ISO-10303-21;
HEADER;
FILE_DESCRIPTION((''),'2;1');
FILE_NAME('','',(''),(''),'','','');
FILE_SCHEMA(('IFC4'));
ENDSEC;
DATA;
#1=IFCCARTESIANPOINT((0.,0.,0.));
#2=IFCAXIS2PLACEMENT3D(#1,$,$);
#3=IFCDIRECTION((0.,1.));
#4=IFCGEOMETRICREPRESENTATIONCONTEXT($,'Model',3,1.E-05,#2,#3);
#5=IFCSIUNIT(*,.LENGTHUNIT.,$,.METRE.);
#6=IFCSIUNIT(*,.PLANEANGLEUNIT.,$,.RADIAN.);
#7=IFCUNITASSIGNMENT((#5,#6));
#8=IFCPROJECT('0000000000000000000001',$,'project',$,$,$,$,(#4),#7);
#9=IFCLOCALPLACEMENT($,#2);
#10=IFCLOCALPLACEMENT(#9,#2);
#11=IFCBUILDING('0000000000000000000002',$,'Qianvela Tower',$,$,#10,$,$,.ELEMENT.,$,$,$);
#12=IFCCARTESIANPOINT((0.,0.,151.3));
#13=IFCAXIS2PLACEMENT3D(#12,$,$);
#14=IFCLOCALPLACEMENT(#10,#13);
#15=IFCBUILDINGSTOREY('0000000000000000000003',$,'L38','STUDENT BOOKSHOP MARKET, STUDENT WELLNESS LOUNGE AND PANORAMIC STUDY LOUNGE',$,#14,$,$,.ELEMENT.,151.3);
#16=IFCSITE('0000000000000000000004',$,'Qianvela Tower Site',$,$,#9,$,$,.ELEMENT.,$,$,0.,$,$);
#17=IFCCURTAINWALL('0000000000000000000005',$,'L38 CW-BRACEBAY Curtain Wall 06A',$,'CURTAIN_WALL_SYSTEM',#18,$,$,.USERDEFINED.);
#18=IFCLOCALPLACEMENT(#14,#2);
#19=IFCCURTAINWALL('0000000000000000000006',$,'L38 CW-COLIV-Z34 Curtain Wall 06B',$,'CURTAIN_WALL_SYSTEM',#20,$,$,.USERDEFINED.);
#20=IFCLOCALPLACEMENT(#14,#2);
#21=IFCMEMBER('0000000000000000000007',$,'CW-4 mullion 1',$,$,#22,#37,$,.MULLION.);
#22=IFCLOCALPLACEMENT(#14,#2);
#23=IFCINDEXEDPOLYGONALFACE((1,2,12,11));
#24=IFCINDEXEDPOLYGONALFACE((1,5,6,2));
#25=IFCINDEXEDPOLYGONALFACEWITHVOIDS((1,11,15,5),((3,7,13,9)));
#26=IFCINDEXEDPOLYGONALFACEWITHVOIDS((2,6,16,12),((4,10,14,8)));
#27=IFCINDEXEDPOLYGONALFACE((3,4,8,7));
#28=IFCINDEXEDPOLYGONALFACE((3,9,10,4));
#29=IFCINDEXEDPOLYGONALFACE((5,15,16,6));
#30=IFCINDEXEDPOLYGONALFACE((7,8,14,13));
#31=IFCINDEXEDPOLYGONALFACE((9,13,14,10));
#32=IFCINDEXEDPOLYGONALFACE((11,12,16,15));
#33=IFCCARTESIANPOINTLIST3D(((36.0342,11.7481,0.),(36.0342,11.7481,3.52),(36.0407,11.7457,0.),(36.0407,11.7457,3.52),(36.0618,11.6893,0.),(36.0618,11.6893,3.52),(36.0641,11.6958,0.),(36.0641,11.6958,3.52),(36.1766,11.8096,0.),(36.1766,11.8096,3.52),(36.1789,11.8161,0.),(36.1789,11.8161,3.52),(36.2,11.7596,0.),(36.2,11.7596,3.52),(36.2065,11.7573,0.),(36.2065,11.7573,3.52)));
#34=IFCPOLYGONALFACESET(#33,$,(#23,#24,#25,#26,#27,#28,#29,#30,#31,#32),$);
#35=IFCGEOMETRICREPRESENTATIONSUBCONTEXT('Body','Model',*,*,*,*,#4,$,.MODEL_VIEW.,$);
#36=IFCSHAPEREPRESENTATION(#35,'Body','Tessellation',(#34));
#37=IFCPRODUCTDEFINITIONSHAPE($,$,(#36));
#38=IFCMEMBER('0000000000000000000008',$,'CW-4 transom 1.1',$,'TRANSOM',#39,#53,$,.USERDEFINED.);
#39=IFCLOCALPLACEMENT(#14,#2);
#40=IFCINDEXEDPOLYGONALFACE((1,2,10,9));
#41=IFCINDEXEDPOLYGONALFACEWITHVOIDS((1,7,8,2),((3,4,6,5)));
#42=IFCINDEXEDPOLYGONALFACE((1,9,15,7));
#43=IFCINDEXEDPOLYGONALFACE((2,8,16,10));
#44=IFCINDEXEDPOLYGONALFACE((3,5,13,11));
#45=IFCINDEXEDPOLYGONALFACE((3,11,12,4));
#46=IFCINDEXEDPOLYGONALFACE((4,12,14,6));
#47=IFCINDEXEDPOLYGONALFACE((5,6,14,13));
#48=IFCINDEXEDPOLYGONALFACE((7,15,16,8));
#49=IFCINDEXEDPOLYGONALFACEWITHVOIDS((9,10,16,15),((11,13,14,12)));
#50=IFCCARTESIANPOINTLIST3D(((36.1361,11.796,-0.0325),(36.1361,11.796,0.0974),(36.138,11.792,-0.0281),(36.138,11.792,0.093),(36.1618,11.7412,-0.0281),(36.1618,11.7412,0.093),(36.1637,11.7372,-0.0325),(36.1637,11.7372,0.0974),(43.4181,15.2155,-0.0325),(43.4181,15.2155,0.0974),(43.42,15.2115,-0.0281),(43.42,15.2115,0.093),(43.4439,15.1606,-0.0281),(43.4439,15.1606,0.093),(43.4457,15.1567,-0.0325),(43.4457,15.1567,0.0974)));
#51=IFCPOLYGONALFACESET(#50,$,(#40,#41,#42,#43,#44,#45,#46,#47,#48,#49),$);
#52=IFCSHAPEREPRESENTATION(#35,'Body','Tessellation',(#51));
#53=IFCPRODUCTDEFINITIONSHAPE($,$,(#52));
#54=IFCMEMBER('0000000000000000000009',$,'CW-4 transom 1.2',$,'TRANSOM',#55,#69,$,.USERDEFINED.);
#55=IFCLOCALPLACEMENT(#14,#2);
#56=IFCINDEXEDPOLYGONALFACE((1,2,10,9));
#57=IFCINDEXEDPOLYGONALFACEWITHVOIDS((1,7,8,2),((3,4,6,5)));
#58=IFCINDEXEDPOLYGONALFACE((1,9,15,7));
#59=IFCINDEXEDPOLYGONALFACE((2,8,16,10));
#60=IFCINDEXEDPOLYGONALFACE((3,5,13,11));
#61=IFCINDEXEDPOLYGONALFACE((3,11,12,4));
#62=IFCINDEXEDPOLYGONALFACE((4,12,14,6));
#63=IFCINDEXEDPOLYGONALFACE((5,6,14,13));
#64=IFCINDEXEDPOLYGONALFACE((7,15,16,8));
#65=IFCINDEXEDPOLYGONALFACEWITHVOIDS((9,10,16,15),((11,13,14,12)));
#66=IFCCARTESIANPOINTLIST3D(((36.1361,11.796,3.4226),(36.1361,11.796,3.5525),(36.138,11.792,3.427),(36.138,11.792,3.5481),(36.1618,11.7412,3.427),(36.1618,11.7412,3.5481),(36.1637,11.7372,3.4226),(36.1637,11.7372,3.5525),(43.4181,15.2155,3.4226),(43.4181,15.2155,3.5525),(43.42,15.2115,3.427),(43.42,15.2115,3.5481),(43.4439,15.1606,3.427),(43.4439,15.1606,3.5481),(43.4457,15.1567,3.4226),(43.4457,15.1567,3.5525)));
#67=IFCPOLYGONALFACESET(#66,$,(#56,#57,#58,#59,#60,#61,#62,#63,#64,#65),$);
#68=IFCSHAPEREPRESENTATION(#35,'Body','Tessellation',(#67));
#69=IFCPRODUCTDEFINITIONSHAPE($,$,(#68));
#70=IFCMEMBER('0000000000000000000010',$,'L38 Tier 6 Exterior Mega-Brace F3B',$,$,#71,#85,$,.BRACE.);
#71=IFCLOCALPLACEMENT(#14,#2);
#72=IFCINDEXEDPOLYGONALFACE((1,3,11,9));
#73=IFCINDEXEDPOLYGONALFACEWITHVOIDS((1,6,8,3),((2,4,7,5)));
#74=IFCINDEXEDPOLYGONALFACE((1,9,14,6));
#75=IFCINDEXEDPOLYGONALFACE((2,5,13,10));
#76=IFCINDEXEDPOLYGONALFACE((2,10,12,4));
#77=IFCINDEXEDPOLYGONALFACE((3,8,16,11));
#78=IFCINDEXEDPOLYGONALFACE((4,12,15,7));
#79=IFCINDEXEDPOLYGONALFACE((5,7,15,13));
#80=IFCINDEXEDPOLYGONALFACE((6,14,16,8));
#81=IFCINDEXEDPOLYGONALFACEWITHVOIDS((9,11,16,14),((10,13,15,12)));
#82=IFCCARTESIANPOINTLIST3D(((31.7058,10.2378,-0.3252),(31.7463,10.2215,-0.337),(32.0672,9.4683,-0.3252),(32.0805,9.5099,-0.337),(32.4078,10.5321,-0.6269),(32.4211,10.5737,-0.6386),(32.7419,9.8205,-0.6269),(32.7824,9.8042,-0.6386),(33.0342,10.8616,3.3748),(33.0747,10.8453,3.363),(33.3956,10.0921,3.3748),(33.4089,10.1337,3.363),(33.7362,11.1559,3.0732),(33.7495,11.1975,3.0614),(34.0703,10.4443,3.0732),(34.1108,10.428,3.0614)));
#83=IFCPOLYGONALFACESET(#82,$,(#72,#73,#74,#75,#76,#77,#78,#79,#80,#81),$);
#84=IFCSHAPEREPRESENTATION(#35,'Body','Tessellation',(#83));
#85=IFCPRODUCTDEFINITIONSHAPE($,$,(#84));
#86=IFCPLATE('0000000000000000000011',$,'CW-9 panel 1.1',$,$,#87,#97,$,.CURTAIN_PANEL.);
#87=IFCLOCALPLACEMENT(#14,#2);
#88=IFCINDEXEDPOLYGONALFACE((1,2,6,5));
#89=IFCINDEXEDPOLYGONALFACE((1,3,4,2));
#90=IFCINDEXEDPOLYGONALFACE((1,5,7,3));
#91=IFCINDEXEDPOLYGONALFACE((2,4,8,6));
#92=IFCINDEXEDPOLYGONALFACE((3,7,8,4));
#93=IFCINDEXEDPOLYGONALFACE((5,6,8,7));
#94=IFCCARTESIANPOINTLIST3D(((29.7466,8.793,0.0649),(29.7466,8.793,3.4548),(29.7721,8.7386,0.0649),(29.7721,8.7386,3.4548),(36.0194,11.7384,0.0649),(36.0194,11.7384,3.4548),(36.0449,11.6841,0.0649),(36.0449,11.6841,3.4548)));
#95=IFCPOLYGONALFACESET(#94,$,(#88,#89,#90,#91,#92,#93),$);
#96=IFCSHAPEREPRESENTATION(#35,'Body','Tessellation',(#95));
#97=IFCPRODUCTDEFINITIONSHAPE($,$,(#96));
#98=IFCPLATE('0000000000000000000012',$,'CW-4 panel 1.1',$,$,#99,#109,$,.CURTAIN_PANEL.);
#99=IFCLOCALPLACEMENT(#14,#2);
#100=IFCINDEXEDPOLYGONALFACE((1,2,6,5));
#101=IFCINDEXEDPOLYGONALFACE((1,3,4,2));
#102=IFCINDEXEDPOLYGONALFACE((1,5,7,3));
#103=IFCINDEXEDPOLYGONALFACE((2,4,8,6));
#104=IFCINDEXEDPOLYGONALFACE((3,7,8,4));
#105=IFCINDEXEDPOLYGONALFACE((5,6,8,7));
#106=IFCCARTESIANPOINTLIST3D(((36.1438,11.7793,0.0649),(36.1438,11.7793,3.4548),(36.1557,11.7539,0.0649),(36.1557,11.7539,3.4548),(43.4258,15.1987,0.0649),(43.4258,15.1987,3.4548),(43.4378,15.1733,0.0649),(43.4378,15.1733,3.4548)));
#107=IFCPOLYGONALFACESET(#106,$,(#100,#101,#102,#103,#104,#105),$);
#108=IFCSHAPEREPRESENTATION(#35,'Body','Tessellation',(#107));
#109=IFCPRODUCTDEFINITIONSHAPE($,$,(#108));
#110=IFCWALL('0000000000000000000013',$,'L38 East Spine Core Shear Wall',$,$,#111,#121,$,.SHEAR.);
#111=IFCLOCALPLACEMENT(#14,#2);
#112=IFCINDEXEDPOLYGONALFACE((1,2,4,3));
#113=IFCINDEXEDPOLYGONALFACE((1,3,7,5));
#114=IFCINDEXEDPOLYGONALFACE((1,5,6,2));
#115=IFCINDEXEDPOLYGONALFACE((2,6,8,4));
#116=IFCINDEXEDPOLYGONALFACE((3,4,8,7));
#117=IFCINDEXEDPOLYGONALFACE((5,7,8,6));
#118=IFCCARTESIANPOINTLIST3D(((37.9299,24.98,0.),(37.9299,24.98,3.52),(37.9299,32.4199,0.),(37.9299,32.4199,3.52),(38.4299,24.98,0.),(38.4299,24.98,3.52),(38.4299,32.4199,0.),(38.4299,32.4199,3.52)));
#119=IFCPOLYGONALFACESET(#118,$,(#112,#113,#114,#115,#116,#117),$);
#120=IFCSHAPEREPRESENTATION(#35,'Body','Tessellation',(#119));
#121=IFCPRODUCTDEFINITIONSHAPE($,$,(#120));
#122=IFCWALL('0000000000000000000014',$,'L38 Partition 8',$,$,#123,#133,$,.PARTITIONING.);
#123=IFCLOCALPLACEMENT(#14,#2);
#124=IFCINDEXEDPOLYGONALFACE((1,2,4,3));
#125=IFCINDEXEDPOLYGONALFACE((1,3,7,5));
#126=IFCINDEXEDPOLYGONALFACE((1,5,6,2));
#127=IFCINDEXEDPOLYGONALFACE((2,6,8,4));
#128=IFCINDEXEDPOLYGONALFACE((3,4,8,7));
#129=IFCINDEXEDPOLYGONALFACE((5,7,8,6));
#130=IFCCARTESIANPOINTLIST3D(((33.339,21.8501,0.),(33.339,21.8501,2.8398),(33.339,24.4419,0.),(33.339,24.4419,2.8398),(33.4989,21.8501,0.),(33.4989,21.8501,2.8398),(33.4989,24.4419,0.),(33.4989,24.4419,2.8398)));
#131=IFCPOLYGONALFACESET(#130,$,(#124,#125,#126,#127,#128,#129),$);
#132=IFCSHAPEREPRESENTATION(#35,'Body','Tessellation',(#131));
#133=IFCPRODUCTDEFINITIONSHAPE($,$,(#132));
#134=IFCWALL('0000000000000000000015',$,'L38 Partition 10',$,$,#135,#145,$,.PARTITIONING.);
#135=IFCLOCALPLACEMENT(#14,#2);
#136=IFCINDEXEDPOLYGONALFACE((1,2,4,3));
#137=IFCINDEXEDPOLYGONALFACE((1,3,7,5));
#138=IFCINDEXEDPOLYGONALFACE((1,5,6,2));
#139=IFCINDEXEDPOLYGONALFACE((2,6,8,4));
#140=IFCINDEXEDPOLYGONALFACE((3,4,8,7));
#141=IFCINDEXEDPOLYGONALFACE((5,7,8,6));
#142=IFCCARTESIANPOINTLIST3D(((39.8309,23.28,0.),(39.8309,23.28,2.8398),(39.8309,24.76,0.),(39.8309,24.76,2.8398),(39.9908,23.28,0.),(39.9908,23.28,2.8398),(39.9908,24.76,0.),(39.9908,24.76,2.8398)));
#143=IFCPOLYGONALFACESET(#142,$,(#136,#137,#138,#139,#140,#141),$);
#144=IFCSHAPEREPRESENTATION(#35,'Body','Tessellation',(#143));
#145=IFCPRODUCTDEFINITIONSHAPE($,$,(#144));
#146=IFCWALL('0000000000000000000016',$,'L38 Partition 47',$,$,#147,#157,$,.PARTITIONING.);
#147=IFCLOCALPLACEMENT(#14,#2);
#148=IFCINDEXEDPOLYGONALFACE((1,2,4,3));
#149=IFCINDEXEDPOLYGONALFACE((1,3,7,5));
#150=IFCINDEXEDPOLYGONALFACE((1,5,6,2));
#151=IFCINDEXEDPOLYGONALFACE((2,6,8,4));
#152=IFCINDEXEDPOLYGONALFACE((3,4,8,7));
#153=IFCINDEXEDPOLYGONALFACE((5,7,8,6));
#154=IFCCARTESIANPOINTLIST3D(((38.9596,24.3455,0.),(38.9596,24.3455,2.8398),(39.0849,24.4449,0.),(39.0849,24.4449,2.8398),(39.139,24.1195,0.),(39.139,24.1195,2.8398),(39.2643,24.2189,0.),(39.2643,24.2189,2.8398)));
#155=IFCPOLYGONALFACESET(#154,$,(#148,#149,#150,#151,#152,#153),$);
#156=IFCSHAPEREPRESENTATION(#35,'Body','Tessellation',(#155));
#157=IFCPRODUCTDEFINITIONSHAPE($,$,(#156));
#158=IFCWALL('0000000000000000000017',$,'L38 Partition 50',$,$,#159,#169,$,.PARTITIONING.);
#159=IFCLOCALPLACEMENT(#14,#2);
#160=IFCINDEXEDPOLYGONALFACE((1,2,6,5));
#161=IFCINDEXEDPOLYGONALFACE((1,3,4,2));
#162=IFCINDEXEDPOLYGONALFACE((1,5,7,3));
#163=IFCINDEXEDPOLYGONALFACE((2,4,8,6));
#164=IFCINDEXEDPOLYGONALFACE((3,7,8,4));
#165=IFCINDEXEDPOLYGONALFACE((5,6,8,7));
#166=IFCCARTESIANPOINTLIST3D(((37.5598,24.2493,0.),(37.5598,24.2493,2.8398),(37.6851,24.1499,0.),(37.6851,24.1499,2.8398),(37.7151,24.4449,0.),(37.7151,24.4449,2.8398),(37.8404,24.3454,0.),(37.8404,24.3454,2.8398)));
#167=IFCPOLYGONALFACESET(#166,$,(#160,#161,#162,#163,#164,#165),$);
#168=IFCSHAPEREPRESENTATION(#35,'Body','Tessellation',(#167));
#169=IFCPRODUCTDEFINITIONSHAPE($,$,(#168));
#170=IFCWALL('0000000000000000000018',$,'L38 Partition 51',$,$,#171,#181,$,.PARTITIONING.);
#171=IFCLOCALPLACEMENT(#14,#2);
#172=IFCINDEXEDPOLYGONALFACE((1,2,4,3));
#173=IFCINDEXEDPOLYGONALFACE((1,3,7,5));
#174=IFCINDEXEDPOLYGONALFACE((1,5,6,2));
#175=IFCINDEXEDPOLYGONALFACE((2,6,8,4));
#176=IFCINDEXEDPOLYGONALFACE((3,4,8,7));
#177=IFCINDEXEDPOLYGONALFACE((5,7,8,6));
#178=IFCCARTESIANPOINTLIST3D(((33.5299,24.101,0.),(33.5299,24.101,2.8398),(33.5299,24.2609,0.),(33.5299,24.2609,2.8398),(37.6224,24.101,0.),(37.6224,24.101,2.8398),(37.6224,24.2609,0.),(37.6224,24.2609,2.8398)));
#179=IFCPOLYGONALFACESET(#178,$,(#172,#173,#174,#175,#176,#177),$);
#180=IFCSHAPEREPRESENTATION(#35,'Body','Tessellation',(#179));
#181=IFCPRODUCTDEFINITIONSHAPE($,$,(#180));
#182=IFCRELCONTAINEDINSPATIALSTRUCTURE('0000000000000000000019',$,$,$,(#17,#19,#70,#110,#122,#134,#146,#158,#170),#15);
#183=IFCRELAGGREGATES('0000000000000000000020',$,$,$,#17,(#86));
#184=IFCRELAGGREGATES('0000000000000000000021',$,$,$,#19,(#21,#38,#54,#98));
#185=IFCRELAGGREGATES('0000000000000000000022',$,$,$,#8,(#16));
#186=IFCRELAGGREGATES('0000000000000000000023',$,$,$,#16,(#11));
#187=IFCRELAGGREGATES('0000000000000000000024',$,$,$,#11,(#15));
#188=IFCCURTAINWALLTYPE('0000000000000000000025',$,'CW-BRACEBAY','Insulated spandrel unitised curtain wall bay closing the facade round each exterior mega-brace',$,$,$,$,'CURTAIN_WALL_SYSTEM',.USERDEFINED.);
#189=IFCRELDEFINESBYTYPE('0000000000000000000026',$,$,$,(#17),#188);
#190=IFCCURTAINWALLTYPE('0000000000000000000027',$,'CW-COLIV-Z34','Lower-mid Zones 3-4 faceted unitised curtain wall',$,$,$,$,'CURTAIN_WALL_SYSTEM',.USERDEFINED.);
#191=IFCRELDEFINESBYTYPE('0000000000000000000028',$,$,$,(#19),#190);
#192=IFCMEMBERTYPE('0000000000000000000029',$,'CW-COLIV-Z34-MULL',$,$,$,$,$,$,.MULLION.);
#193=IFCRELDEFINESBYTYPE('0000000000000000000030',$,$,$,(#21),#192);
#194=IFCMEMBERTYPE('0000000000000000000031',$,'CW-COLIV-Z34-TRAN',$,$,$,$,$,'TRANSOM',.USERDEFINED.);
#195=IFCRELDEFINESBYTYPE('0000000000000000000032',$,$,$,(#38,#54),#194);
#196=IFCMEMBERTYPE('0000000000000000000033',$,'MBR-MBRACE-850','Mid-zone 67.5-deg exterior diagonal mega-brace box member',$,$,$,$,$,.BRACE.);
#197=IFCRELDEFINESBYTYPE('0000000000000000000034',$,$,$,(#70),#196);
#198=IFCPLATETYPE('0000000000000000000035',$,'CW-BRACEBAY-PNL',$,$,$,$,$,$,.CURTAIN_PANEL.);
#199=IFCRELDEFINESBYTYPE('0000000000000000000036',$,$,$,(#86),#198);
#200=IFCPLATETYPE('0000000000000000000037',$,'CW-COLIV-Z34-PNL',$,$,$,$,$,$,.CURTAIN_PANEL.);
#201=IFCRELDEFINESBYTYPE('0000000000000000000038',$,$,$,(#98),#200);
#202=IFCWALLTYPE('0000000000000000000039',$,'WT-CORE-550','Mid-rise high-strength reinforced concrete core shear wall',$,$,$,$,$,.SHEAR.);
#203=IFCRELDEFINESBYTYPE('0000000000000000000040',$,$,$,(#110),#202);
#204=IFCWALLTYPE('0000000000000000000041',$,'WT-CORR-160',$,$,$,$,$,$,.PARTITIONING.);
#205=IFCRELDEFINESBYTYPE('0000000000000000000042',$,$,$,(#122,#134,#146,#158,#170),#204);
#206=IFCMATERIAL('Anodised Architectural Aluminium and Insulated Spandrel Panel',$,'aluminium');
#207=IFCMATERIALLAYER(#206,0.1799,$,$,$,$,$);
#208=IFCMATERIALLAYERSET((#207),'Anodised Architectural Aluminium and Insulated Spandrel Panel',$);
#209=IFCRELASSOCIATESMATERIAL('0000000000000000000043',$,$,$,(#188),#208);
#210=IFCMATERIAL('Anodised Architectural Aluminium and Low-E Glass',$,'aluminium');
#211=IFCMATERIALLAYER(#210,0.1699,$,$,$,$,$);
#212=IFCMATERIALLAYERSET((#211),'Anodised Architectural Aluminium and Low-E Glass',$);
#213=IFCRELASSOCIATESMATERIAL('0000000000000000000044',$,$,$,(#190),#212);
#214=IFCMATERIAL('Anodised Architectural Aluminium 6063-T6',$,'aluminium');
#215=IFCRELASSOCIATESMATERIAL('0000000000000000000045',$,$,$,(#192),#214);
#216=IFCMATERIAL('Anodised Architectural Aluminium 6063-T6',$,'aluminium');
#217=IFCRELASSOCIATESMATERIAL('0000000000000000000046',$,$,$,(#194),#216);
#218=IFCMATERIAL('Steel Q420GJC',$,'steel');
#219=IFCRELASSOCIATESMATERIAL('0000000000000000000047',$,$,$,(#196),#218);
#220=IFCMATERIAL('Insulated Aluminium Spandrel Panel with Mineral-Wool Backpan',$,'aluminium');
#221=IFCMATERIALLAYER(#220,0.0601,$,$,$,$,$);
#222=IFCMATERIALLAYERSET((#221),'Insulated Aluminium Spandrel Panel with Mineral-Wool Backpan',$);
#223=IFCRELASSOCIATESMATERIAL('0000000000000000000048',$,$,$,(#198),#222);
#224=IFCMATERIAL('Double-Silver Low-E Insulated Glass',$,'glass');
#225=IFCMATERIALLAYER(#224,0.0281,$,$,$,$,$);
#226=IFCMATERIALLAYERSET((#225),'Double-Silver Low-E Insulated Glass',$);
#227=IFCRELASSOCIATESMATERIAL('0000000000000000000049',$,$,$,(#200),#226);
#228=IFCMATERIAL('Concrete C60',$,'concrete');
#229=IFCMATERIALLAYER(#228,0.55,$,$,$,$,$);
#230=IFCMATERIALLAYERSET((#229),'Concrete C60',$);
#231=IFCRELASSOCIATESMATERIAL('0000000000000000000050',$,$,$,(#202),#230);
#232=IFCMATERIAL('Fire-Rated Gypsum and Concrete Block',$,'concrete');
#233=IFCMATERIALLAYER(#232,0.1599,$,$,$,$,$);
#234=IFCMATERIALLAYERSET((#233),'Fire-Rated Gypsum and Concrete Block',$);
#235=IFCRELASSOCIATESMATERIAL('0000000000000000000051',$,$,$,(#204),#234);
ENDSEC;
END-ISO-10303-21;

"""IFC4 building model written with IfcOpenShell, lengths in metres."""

from ifc_helpers import new_model, si_unit, direction, frame, frame_2d, origin, origin_2d, place, context, subcontext, project, spatial, rectangle, hollow_rectangle, extrude, material, layer, layer_set, material_profile, profile_set, type_object, element, aggregate, save


model = new_model("IFC4")

# Units and contexts
model_context = context("Model", 3, precision=1e-05, world=origin(), true_north=direction((0.0, 1.0)))
body_context = subcontext(model_context, "Body", "Model", "MODEL_VIEW")
ifc_project = project(units=[si_unit("LENGTHUNIT", "METRE"), si_unit("PLANEANGLEUNIT", "RADIAN")], contexts=[model_context])

# Site, building, storey
site_placement = place(None, origin())
site = spatial("IfcSite", under=ifc_project, at=site_placement, Name="Qianvela Tower Site", CompositionType="ELEMENT", RefElevation=0.0)
building_placement = place(site_placement, origin())
building = spatial("IfcBuilding", under=site, at=building_placement, Name="Qianvela Tower", CompositionType="ELEMENT")
storey_placement = place(building_placement, frame((0.0, 0.0, 151.3)))
storey = spatial("IfcBuildingStorey", under=building, at=storey_placement, Name="L38", Description="STUDENT BOOKSHOP MARKET, STUDENT WELLNESS LOUNGE AND PANORAMIC STUDY LOUNGE", CompositionType="ELEMENT", Elevation=151.3)

# Curtain wall
ifc_material_1 = material(Name="Anodised Architectural Aluminium and Insulated Spandrel Panel", Category="aluminium")
ifc_layer_1 = layer(ifc_material_1, 0.1799)
ifc_layer_set_1 = layer_set([ifc_layer_1], Name="Anodised Architectural Aluminium and Insulated Spandrel Panel")
curtain_wall_type_1 = type_object("IfcCurtainWallType", Name="CW-BRACEBAY", Description="Insulated spandrel unitised curtain wall bay closing the facade round each exterior mega-brace", ElementType="CURTAIN_WALL_SYSTEM", PredefinedType="USERDEFINED", material=ifc_layer_set_1)
curtain_wall_1_placement = place(storey_placement, origin())
curtain_wall_1 = element("IfcCurtainWall", 1, at=curtain_wall_1_placement, inside=storey, type_object=curtain_wall_type_1, Name="L38 CW-BRACEBAY Curtain Wall 06A", ObjectType="CURTAIN_WALL_SYSTEM", PredefinedType="USERDEFINED")

# Curtain wall, members
ifc_material_2 = material(Name="Anodised Architectural Aluminium and Low-E Glass", Category="aluminium")
ifc_layer_2 = layer(ifc_material_2, 0.1699)
ifc_layer_set_2 = layer_set([ifc_layer_2], Name="Anodised Architectural Aluminium and Low-E Glass")
curtain_wall_type_2 = type_object("IfcCurtainWallType", Name="CW-COLIV-Z34", Description="Lower-mid Zones 3-4 faceted unitised curtain wall", ElementType="CURTAIN_WALL_SYSTEM", PredefinedType="USERDEFINED", material=ifc_layer_set_2)
curtain_wall_2_placement = place(storey_placement, origin())
curtain_wall_2 = element("IfcCurtainWall", 2, at=curtain_wall_2_placement, inside=storey, type_object=curtain_wall_type_2, Name="L38 CW-COLIV-Z34 Curtain Wall 06B", ObjectType="CURTAIN_WALL_SYSTEM", PredefinedType="USERDEFINED")
ifc_material_3 = material(Name="Anodised Architectural Aluminium 6063-T6", Category="aluminium")
ifc_material_profile_1 = material_profile(ifc_material_3, hollow_rectangle(XDim=0.0649, YDim=0.1599, WallThickness=0.0049, at=origin_2d()), Name="ALU-MULL-65x160")
ifc_profile_set_1 = profile_set([ifc_material_profile_1], Name="Anodised Architectural Aluminium 6063-T6")
member_type_1 = type_object("IfcMemberType", Name="CW-COLIV-Z34-MULL", PredefinedType="MULLION", material=ifc_profile_set_1)
member_1_placement = place(storey_placement, frame((36.1204, 11.7527, 0.0), z_axis=(0.0, 0.0, 1.0), x_axis=(-0.425035, 0.905177, 0.0)))
member_1 = element("IfcMember", 3, at=member_1_placement, type_object=member_type_1, Name="CW-4 mullion 1", PredefinedType="MULLION", context=body_context, shape_type="SweptSolid", body=[
    extrude(hollow_rectangle(XDim=0.0649, YDim=0.1599, WallThickness=0.0049, at=origin_2d()), origin(), (0.0, 0.0, 1.0), 3.52),
])
ifc_material_4 = material(Name="Anodised Architectural Aluminium 6063-T6", Category="aluminium")
ifc_material_profile_2 = material_profile(ifc_material_4, hollow_rectangle(XDim=0.0649, YDim=0.1299, WallThickness=0.0044, at=origin_2d()), Name="ALU-TRAN-65x130")
ifc_profile_set_2 = profile_set([ifc_material_profile_2], Name="Anodised Architectural Aluminium 6063-T6")
member_type_2 = type_object("IfcMemberType", Name="CW-COLIV-Z34-TRAN", ElementType="TRANSOM", PredefinedType="USERDEFINED", material=ifc_profile_set_2)
member_2_placement = place(storey_placement, frame((36.1499, 11.7666, 0.0325), z_axis=(0.905172, 0.425046, 0.0), x_axis=(-0.425046, 0.905172, 0.0)))
member_2 = element("IfcMember", 4, at=member_2_placement, type_object=member_type_2, Name="CW-4 transom 1.1", ObjectType="TRANSOM", PredefinedType="USERDEFINED", context=body_context, shape_type="SweptSolid", body=[
    extrude(hollow_rectangle(XDim=0.0649, YDim=0.1299, WallThickness=0.0044, at=origin_2d()), origin(), (0.0, 0.0, 1.0), 8.0449),
])
member_3_placement = place(storey_placement, frame((36.1499, 11.7666, 3.4875), z_axis=(0.905172, 0.425046, 0.0), x_axis=(-0.425046, 0.905172, 0.0)))
member_3 = element("IfcMember", 5, at=member_3_placement, type_object=member_type_2, Name="CW-4 transom 1.2", ObjectType="TRANSOM", PredefinedType="USERDEFINED", context=body_context, shape_type="SweptSolid", body=[
    extrude(hollow_rectangle(XDim=0.0649, YDim=0.1299, WallThickness=0.0044, at=origin_2d()), origin(), (0.0, 0.0, 1.0), 8.0449),
])

# Member
ifc_material_5 = material(Name="Steel Q420GJC", Category="steel")
ifc_material_profile_3 = material_profile(ifc_material_5, hollow_rectangle(XDim=0.8501, YDim=0.8501, WallThickness=0.032, at=origin_2d()), Name="MBOX-850x850x32")
ifc_profile_set_3 = profile_set([ifc_material_profile_3], Name="Steel Q420GJC")
member_type_3 = type_object("IfcMemberType", Name="MBR-MBRACE-850", Description="Mid-zone 67.5-deg exterior diagonal mega-brace box member", PredefinedType="BRACE", material=ifc_profile_set_3)
member_4_placement = place(storey_placement, frame((32.2441, 10.021, -0.4819), z_axis=(0.333731, 0.156714, 0.929551), x_axis=(-0.425052, 0.905169, 0.0)))
element("IfcMember", 6, at=member_4_placement, inside=storey, type_object=member_type_3, Name="L38 Tier 6 Exterior Mega-Brace F3B", PredefinedType="BRACE", context=body_context, shape_type="SweptSolid", body=[
    extrude(hollow_rectangle(XDim=0.8501, YDim=0.8501, WallThickness=0.032, at=origin_2d()), origin(), (0.0, 0.0, 1.0), 3.9805),
])

# Plates
ifc_material_6 = material(Name="Insulated Aluminium Spandrel Panel with Mineral-Wool Backpan", Category="aluminium")
ifc_layer_3 = layer(ifc_material_6, 0.0601)
ifc_layer_set_3 = layer_set([ifc_layer_3], Name="Insulated Aluminium Spandrel Panel with Mineral-Wool Backpan")
plate_type_1 = type_object("IfcPlateType", Name="CW-BRACEBAY-PNL", PredefinedType="CURTAIN_PANEL", material=ifc_layer_set_3)
plate_1_placement = place(storey_placement, frame((32.8958, 10.2385, 0.0649), z_axis=(0.0, 0.0, 1.0), x_axis=(0.905178, 0.425032, 0.0)))
plate_1 = element("IfcPlate", 7, at=plate_1_placement, type_object=plate_type_1, Name="CW-9 panel 1.1", PredefinedType="CURTAIN_PANEL", context=body_context, shape_type="SweptSolid", body=[
    extrude(rectangle(XDim=6.9299, YDim=0.0601, at=origin_2d()), origin(), (0.0, 0.0, 1.0), 3.3899),
])
aggregate(curtain_wall_1, [plate_1])
ifc_material_7 = material(Name="Double-Silver Low-E Insulated Glass", Category="glass")
ifc_layer_4 = layer(ifc_material_7, 0.0281)
ifc_layer_set_4 = layer_set([ifc_layer_4], Name="Double-Silver Low-E Insulated Glass")
plate_type_2 = type_object("IfcPlateType", Name="CW-COLIV-Z34-PNL", PredefinedType="CURTAIN_PANEL", material=ifc_layer_set_4)
plate_2_placement = place(storey_placement, frame((39.7908, 13.4763, 0.0649), z_axis=(0.0, 0.0, 1.0), x_axis=(0.905177, 0.425035, 0.0)))
plate_2 = element("IfcPlate", 8, at=plate_2_placement, type_object=plate_type_2, Name="CW-4 panel 1.1", PredefinedType="CURTAIN_PANEL", context=body_context, shape_type="SweptSolid", body=[
    extrude(rectangle(XDim=8.0449, YDim=0.0281, at=origin_2d()), origin(), (0.0, 0.0, 1.0), 3.3899),
])
aggregate(curtain_wall_2, [member_1, member_2, member_3, plate_2])

# Wall
ifc_material_8 = material(Name="Concrete C60", Category="concrete")
ifc_layer_5 = layer(ifc_material_8, 0.55)
ifc_layer_set_5 = layer_set([ifc_layer_5], Name="Concrete C60")
wall_type_1 = type_object("IfcWallType", Name="WT-CORE-550", Description="Mid-rise high-strength reinforced concrete core shear wall", PredefinedType="SHEAR", material=ifc_layer_set_5)
wall_1_placement = place(storey_placement, frame((38.1799, 24.98, 0.0), z_axis=(0.0, 0.0, 1.0), x_axis=(0.0, 1.0, 0.0)))
element("IfcWall", 9, at=wall_1_placement, inside=storey, type_object=wall_type_1, Name="L38 East Spine Core Shear Wall", PredefinedType="SHEAR", context=body_context, shape_type="SweptSolid", body=[
    extrude(rectangle(XDim=7.4399, YDim=0.5, at=frame_2d((3.72, 0.0))), origin(), (0.0, 0.0, 1.0), 3.52),
])

# Shared definitions
ifc_material_9 = material(Name="Fire-Rated Gypsum and Concrete Block", Category="concrete")
ifc_layer_6 = layer(ifc_material_9, 0.1599)
ifc_layer_set_6 = layer_set([ifc_layer_6], Name="Fire-Rated Gypsum and Concrete Block")
wall_type_2 = type_object("IfcWallType", Name="WT-CORR-160", PredefinedType="PARTITIONING", material=ifc_layer_set_6)

# Walls
wall_2_placement = place(storey_placement, frame((33.4189, 24.4419, 0.0), z_axis=(0.0, 0.0, 1.0), x_axis=(0.0, -1.0, 0.0)))
element("IfcWall", 10, at=wall_2_placement, inside=storey, type_object=wall_type_2, Name="L38 Partition 8", PredefinedType="PARTITIONING", context=body_context, shape_type="SweptSolid", body=[
    extrude(rectangle(XDim=2.5918, YDim=0.1599, at=frame_2d((1.2959, 0.0))), origin(), (0.0, 0.0, 1.0), 2.8398),
])
wall_3_placement = place(storey_placement, frame((39.9109, 23.28, 0.0), z_axis=(0.0, 0.0, 1.0), x_axis=(0.0, 1.0, 0.0)))
element("IfcWall", 11, at=wall_3_placement, inside=storey, type_object=wall_type_2, Name="L38 Partition 10", PredefinedType="PARTITIONING", context=body_context, shape_type="SweptSolid", body=[
    extrude(rectangle(XDim=1.48, YDim=0.1599, at=frame_2d((0.74, 0.0))), origin(), (0.0, 0.0, 1.0), 2.8398),
])
wall_4_placement = place(storey_placement, frame((39.2017, 24.1692, 0.0), z_axis=(0.0, 0.0, 1.0), x_axis=(-0.621699, 0.783256, 0.0)))
element("IfcWall", 12, at=wall_4_placement, inside=storey, type_object=wall_type_2, Name="L38 Partition 47", PredefinedType="PARTITIONING", context=body_context, shape_type="SweptSolid", body=[
    extrude(rectangle(XDim=0.2886, YDim=0.1599, at=frame_2d((0.1443, 0.0))), origin(), (0.0, 0.0, 1.0), 2.8398),
])
wall_5_placement = place(storey_placement, frame((37.7778, 24.3953, 0.0), z_axis=(0.0, 0.0, 1.0), x_axis=(-0.621829, -0.783153, 0.0)))
element("IfcWall", 13, at=wall_5_placement, inside=storey, type_object=wall_type_2, Name="L38 Partition 50", PredefinedType="PARTITIONING", context=body_context, shape_type="SweptSolid", body=[
    extrude(rectangle(XDim=0.2498, YDim=0.1599, at=frame_2d((0.125, 0.0))), origin(), (0.0, 0.0, 1.0), 2.8398),
])
wall_6_placement = place(storey_placement, frame((37.6226, 24.1809, 0.0), z_axis=(0.0, 0.0, 1.0), x_axis=(-1.0, 0.0, 0.0)))
element("IfcWall", 14, at=wall_6_placement, inside=storey, type_object=wall_type_2, Name="L38 Partition 51", PredefinedType="PARTITIONING", context=body_context, shape_type="SweptSolid", body=[
    extrude(rectangle(XDim=4.0925, YDim=0.1599, at=frame_2d((2.0464, 0.0))), origin(), (0.0, 0.0, 1.0), 2.8398),
])

save(model, "model.ifc")
